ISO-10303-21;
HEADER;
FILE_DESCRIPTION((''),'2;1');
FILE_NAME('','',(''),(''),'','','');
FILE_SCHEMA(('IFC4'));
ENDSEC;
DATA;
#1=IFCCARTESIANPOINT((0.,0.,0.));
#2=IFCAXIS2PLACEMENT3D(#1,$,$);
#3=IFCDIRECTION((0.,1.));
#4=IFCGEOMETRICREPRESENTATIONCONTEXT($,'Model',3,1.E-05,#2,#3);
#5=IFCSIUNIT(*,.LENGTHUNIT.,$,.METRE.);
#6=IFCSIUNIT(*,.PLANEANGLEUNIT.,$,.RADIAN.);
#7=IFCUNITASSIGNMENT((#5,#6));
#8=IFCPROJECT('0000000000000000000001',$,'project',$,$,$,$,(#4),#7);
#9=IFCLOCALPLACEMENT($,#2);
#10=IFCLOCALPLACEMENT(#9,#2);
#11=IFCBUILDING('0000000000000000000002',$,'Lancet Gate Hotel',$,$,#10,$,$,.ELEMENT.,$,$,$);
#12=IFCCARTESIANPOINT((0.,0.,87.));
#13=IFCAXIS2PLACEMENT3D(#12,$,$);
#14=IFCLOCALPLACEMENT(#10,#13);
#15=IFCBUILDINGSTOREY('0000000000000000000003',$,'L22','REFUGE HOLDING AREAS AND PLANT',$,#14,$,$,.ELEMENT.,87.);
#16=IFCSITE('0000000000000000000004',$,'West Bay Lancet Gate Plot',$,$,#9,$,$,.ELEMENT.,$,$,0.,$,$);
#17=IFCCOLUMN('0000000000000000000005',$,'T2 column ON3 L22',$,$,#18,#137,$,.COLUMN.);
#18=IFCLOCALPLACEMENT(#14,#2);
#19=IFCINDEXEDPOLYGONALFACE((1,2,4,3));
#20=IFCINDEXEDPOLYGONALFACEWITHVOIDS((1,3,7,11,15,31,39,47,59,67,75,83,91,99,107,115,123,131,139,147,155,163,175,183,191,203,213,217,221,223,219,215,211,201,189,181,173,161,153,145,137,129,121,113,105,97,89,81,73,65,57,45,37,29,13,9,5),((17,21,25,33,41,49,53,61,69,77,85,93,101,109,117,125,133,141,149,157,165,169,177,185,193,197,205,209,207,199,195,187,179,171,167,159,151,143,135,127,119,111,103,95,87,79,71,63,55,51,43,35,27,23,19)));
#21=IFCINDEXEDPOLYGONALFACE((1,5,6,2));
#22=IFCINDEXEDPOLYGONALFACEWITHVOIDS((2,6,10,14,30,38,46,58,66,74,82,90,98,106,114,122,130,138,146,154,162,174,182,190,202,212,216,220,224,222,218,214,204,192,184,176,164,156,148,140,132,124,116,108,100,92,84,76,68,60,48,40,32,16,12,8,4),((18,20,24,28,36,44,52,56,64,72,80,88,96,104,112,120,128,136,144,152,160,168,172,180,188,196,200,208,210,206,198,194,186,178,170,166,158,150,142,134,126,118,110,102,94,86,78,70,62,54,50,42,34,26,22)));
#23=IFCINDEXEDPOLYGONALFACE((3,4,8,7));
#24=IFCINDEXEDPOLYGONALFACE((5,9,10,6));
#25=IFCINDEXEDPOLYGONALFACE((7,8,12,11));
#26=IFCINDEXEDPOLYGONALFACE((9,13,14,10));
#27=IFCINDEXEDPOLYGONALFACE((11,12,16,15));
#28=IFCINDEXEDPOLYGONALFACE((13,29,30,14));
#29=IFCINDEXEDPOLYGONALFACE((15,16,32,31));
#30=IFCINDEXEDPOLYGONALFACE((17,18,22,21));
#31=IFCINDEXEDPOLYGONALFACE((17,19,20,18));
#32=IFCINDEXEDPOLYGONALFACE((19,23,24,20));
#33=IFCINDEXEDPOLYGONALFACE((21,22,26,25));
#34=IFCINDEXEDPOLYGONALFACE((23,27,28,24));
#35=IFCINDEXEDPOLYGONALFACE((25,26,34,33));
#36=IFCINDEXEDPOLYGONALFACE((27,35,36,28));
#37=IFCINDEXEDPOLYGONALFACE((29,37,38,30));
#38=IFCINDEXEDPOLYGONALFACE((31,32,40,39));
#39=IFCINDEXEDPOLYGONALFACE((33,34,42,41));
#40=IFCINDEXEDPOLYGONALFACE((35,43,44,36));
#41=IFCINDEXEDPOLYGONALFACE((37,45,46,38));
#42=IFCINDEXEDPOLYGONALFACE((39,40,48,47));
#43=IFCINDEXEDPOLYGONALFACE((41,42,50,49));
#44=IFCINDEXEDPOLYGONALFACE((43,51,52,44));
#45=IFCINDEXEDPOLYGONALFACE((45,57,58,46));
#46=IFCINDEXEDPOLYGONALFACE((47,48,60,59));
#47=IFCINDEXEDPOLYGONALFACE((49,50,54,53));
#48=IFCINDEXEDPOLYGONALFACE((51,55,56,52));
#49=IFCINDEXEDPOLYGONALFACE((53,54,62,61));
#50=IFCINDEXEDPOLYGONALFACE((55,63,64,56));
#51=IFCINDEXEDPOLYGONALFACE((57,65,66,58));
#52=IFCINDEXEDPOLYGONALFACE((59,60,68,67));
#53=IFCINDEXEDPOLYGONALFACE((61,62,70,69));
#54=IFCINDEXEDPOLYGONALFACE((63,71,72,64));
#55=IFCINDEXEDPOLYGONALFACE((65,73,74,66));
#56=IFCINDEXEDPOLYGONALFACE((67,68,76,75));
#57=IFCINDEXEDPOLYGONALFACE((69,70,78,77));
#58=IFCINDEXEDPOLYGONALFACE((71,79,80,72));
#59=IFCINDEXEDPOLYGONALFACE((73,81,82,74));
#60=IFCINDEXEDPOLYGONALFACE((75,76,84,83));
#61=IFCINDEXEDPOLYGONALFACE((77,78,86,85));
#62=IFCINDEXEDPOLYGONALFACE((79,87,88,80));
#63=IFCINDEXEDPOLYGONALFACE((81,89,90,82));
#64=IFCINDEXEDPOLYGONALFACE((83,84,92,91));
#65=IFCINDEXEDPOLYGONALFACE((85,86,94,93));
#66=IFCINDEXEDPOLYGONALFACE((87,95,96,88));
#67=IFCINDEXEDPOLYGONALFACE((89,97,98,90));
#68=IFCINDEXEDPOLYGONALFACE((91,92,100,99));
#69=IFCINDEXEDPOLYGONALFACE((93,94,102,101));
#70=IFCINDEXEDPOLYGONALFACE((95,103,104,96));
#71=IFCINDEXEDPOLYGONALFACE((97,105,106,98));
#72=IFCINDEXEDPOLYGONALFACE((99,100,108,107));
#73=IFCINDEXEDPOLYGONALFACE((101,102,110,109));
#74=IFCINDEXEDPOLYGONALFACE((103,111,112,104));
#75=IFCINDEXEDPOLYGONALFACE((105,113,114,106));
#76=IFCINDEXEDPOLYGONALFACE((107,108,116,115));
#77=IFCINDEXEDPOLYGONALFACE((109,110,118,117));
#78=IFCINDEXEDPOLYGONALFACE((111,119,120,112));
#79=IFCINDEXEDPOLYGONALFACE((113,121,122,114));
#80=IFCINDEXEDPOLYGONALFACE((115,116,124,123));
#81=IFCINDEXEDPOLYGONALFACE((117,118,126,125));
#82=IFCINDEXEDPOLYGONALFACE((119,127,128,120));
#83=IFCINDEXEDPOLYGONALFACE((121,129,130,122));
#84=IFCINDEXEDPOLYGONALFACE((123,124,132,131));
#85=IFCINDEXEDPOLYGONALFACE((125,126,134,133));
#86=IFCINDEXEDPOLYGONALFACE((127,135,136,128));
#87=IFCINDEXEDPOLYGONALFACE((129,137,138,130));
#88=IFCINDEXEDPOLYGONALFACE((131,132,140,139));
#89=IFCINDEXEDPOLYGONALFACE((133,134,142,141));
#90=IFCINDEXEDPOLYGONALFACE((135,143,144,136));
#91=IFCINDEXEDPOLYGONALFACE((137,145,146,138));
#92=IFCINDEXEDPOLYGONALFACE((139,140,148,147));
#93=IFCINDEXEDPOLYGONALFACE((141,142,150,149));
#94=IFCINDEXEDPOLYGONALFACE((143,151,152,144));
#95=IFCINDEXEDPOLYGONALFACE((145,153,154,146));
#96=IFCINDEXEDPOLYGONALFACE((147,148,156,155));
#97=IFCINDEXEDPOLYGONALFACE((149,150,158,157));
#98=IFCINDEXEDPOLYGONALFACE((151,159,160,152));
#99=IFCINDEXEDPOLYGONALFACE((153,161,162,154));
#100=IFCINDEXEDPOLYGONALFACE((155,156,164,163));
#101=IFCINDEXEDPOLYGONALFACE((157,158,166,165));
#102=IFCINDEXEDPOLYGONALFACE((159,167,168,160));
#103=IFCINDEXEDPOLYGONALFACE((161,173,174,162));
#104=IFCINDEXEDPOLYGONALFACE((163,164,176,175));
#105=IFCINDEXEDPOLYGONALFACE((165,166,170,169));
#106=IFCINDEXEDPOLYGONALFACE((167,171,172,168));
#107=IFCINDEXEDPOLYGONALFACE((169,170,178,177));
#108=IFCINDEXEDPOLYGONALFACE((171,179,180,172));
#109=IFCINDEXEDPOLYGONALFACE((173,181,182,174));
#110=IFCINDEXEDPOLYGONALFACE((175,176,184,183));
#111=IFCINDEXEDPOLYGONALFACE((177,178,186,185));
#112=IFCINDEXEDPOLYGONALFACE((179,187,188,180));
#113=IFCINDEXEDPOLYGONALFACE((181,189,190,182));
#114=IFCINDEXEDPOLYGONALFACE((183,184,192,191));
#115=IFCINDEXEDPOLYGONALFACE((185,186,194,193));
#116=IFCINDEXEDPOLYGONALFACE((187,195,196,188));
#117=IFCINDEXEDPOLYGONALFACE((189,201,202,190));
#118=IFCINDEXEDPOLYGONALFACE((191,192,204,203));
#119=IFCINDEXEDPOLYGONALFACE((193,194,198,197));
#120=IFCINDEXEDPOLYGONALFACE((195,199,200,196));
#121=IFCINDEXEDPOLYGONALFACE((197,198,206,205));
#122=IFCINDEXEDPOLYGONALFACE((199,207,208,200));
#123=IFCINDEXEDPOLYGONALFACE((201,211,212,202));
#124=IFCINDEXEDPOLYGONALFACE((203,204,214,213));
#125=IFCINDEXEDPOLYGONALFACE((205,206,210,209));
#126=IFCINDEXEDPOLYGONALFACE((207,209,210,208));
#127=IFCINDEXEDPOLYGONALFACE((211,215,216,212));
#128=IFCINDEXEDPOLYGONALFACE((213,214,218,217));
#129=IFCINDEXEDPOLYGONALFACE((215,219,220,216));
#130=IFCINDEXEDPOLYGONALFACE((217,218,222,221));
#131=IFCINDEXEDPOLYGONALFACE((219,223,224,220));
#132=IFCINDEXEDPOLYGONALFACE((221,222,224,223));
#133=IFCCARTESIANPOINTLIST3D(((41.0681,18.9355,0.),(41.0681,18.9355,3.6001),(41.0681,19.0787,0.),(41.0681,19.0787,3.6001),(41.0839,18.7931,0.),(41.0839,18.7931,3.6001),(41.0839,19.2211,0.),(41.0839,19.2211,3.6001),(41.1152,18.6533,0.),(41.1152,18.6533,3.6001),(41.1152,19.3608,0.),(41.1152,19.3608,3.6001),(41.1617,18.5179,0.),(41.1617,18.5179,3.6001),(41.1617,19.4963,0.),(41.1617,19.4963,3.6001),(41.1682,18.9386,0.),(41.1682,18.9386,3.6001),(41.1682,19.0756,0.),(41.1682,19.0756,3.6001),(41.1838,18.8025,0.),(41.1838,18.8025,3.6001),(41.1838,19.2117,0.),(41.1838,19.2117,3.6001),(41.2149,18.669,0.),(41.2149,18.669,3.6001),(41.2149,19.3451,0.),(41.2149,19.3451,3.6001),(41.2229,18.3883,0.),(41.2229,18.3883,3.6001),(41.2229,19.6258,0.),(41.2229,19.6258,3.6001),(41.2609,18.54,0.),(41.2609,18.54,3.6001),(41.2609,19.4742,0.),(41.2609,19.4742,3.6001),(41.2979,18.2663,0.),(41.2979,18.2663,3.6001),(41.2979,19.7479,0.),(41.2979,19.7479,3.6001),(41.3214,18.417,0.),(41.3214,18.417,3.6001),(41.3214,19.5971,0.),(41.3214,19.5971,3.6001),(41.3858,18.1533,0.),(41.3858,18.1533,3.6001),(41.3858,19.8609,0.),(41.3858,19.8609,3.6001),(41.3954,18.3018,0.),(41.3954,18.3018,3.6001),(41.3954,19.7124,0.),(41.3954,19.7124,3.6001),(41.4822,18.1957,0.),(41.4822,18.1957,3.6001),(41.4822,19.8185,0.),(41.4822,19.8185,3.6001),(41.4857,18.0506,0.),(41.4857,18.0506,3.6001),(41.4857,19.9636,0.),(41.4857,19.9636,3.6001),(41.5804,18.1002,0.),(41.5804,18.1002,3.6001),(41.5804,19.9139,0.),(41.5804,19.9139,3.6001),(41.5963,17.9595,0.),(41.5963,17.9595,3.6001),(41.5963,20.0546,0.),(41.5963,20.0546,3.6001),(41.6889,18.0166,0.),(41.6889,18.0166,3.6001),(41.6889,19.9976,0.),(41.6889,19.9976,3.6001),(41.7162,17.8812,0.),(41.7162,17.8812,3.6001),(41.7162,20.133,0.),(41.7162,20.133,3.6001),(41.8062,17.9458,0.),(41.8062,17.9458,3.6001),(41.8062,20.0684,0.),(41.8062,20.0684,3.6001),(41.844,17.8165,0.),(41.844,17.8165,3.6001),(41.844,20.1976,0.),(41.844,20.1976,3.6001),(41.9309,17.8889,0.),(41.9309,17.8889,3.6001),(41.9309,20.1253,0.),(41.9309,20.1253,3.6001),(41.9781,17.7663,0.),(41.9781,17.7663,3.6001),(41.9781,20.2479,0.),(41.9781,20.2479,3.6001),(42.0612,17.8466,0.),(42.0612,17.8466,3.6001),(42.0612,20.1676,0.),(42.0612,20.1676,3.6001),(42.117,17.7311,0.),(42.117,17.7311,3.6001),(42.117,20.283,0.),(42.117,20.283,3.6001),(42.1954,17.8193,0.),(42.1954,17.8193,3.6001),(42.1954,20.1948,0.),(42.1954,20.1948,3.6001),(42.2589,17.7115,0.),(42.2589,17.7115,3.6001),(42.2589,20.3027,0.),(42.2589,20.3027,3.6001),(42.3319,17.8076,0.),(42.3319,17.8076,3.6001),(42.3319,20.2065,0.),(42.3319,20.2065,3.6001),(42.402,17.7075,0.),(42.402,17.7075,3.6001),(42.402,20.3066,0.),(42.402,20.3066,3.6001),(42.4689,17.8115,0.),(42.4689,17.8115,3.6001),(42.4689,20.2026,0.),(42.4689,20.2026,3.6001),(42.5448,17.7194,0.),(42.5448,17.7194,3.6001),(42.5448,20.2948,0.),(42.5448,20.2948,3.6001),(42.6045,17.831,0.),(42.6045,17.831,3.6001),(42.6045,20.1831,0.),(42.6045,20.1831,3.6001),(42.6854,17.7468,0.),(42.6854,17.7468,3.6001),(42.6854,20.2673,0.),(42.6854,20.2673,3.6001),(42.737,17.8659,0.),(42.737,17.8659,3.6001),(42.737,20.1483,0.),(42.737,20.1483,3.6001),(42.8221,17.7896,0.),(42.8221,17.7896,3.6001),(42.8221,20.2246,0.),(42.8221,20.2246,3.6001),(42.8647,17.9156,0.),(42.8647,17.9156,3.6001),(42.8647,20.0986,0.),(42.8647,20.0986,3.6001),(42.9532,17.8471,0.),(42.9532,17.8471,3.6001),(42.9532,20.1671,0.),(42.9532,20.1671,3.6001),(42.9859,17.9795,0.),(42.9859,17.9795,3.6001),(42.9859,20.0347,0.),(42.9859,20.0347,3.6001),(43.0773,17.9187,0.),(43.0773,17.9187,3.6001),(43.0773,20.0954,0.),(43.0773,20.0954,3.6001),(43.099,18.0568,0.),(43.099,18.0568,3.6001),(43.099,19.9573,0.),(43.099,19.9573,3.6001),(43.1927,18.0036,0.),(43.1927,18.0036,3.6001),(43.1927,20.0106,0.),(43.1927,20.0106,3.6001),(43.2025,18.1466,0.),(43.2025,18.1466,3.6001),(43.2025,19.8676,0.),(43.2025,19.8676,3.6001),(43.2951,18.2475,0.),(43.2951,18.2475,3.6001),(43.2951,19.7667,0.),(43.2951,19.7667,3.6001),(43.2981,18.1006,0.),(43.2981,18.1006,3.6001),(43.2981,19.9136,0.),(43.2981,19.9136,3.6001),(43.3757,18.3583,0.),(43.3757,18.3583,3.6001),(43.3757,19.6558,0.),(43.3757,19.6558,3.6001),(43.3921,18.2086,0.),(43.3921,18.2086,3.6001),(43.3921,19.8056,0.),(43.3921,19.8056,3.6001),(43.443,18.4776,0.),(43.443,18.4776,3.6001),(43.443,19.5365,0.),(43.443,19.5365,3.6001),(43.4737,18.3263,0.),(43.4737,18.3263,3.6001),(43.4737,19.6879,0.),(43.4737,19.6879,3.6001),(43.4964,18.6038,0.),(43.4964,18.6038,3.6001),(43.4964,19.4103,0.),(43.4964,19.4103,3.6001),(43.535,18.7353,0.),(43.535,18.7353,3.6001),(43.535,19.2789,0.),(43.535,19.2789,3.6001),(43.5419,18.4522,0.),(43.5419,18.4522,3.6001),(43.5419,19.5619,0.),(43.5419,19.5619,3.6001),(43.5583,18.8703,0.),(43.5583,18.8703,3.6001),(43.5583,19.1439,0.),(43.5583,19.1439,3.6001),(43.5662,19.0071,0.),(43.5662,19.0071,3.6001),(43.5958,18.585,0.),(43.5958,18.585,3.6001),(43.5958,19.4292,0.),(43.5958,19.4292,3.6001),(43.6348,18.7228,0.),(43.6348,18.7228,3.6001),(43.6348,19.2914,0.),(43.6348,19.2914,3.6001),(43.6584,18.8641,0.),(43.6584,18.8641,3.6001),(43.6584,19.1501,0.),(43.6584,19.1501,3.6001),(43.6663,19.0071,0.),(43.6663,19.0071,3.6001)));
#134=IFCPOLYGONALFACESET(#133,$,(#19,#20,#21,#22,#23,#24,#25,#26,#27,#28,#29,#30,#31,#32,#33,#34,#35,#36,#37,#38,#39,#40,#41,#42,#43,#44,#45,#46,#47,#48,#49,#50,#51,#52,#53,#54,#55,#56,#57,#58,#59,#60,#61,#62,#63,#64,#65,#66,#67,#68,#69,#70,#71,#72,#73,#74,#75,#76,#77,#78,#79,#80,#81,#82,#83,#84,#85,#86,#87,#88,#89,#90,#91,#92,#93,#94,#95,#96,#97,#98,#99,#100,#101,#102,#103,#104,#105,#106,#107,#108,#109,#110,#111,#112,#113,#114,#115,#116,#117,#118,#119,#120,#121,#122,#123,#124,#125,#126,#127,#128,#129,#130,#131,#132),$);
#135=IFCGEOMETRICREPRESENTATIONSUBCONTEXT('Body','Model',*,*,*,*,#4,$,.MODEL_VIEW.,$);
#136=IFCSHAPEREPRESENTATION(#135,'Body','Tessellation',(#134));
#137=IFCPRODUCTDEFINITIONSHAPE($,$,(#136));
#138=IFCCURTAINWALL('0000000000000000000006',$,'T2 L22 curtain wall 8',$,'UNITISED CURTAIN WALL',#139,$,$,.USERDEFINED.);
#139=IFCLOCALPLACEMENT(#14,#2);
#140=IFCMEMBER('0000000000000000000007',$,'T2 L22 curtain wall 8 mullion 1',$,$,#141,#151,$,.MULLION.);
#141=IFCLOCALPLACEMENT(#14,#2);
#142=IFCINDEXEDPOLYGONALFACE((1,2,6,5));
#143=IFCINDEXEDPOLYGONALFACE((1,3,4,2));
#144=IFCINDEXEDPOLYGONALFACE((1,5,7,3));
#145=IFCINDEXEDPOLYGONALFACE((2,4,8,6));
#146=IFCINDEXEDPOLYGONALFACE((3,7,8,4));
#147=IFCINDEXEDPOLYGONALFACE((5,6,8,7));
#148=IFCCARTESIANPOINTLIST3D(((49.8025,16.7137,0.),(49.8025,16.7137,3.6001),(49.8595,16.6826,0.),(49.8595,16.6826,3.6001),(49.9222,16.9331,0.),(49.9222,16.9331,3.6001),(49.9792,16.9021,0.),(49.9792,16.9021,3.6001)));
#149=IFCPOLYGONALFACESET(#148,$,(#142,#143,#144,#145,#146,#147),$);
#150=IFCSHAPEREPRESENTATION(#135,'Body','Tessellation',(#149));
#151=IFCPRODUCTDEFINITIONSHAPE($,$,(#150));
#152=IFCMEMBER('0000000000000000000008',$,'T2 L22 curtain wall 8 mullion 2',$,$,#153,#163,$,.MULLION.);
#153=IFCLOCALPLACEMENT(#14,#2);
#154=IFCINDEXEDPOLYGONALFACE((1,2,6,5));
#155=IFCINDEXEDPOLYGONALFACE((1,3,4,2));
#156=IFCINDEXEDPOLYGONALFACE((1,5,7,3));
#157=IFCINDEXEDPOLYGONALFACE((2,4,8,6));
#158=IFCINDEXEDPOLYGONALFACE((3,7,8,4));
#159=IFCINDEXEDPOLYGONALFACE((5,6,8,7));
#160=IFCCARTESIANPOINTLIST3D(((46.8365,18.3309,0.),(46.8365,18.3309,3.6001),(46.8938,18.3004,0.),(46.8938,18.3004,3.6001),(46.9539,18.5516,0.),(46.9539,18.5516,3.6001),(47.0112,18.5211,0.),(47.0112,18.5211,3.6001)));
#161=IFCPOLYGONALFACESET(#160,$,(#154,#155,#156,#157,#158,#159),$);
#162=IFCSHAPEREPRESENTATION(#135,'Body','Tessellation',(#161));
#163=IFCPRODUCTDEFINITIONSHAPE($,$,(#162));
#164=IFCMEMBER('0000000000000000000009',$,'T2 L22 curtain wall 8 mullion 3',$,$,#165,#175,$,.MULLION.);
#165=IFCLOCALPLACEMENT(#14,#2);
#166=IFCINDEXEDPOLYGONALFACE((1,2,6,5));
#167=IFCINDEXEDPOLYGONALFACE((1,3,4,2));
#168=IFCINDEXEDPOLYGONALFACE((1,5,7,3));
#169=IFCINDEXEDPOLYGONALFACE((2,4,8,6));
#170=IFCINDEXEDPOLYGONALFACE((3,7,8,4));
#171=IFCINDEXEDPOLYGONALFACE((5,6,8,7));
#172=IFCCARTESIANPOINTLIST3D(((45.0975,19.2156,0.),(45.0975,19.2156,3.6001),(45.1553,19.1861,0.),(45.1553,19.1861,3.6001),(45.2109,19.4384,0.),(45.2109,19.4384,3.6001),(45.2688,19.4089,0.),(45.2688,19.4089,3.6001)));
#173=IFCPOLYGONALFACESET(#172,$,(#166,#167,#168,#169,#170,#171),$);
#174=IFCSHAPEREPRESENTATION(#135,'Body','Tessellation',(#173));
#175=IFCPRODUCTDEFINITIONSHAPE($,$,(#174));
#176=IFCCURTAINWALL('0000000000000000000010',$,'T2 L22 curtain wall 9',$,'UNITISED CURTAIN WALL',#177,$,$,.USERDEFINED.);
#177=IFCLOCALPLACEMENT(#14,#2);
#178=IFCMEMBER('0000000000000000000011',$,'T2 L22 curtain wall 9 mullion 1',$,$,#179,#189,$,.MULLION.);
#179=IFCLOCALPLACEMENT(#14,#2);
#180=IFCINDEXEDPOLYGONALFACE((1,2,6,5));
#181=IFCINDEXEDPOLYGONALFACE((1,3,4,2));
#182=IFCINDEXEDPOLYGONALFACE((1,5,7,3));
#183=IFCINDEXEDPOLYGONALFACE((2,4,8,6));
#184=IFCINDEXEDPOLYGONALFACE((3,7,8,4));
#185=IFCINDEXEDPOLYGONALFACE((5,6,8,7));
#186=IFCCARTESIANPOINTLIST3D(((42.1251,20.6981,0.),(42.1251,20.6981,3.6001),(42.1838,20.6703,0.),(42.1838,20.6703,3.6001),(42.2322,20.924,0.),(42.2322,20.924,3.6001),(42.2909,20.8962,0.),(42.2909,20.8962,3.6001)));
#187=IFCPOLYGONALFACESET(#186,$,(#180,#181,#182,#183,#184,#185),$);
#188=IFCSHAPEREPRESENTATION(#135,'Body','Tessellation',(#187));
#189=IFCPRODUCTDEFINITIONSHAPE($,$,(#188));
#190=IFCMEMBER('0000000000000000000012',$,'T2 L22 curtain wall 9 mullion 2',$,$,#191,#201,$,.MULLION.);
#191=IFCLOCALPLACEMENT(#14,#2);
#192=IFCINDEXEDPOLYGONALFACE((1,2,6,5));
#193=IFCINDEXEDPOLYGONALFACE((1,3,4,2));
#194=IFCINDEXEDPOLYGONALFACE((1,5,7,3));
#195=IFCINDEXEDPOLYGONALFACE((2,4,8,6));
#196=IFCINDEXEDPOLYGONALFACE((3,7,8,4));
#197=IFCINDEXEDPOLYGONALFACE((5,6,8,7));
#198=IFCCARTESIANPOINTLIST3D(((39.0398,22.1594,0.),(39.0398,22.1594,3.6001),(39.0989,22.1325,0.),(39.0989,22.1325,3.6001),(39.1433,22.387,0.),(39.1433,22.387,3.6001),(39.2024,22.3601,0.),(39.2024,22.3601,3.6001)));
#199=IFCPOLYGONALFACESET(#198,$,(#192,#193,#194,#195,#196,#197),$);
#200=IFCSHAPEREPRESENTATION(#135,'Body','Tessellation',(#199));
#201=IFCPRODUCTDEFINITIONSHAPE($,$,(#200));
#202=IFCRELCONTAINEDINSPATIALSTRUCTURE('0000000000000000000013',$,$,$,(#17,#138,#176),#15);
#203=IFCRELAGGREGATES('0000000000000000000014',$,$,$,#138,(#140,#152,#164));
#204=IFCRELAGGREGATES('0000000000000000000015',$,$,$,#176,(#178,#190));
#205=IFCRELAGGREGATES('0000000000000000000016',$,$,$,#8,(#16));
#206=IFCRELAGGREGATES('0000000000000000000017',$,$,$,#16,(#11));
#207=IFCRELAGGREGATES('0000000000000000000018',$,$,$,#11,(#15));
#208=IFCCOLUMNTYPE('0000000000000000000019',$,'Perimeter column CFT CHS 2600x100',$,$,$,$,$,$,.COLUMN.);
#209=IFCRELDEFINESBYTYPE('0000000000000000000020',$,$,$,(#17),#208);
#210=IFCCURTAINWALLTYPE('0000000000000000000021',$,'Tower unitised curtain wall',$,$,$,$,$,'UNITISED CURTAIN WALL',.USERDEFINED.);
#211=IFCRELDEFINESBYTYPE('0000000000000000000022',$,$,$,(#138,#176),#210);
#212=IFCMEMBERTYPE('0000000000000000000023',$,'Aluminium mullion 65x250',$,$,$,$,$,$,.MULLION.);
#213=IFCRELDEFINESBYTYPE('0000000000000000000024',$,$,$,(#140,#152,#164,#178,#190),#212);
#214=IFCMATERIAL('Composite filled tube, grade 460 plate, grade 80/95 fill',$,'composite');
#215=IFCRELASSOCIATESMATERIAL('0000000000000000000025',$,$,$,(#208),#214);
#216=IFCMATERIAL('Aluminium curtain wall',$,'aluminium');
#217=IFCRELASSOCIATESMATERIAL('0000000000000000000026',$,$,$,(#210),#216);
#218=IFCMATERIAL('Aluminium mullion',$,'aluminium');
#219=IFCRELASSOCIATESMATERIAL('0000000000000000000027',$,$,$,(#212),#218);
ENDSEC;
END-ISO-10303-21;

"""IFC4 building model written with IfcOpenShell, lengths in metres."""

from ifc_helpers import new_model, si_unit, direction, frame, origin, origin_2d, place, context, subcontext, project, spatial, rectangle, hollow_circle, extrude, material, material_profile, profile_set, type_object, element, aggregate, save


model = new_model("IFC4")

# Units and contexts
model_context = context("Model", 3, precision=1e-05, world=origin(), true_north=direction((0.0, 1.0)))
body_context = subcontext(model_context, "Body", "Model", "MODEL_VIEW")
ifc_project = project(units=[si_unit("LENGTHUNIT", "METRE"), si_unit("PLANEANGLEUNIT", "RADIAN")], contexts=[model_context])

# Site, building, storey
site_placement = place(None, origin())
site = spatial("IfcSite", under=ifc_project, at=site_placement, Name="West Bay Lancet Gate Plot", CompositionType="ELEMENT", RefElevation=0.0)
building_placement = place(site_placement, origin())
building = spatial("IfcBuilding", under=site, at=building_placement, Name="Lancet Gate Hotel", CompositionType="ELEMENT")
storey_placement = place(building_placement, frame((0.0, 0.0, 87.0)))
storey = spatial("IfcBuildingStorey", under=building, at=storey_placement, Name="L22", Description="REFUGE HOLDING AREAS AND PLANT", CompositionType="ELEMENT", Elevation=87.0)

# Column
ifc_material_1 = material(Name="Composite filled tube, grade 460 plate, grade 80/95 fill", Category="composite")
ifc_material_profile_1 = material_profile(ifc_material_1, hollow_circle(Radius=1.3, WallThickness=0.1001, at=origin_2d()), Name="CHS 2600x100")
ifc_profile_set_1 = profile_set([ifc_material_profile_1], Name="Composite filled tube, grade 460 plate, grade 80/95 fill")
column_type = type_object("IfcColumnType", Name="Perimeter column CFT CHS 2600x100", PredefinedType="COLUMN", material=ifc_profile_set_1)
column_placement = place(storey_placement, frame((42.3662, 19.0071, 0.0), z_axis=(0.0, 0.0, 1.0), x_axis=(1.0, 0.0, 0.0)))
element("IfcColumn", 1, at=column_placement, inside=storey, type_object=column_type, Name="T2 column ON3 L22", PredefinedType="COLUMN", context=body_context, shape_type="SweptSolid", body=[
    extrude(hollow_circle(Radius=1.3, WallThickness=0.1001, at=origin_2d()), origin(), (0.0, 0.0, 1.0), 3.6001),
])

# Curtain walls, members
ifc_material_2 = material(Name="Aluminium curtain wall", Category="aluminium")
curtain_wall_type = type_object("IfcCurtainWallType", Name="Tower unitised curtain wall", ElementType="UNITISED CURTAIN WALL", PredefinedType="USERDEFINED", material=ifc_material_2)
curtain_wall_1_placement = place(storey_placement, origin())
curtain_wall_1 = element("IfcCurtainWall", 2, at=curtain_wall_1_placement, inside=storey, type_object=curtain_wall_type, Name="T2 L22 curtain wall 8", ObjectType="UNITISED CURTAIN WALL", PredefinedType="USERDEFINED")
ifc_material_3 = material(Name="Aluminium mullion", Category="aluminium")
ifc_material_profile_2 = material_profile(ifc_material_3, rectangle(XDim=0.0649, YDim=0.25, at=origin_2d()), Name="MULLION 65x250")
ifc_profile_set_2 = profile_set([ifc_material_profile_2], Name="Aluminium mullion")
member_type_1 = type_object("IfcMemberType", Name="Aluminium mullion 65x250", PredefinedType="MULLION", material=ifc_profile_set_2)
member_1_placement = place(storey_placement, frame((49.8909, 16.8079, 0.0), z_axis=(0.0, 0.0, 1.0), x_axis=(-0.877916, 0.478814, 0.0)))
member_1 = element("IfcMember", 3, at=member_1_placement, type_object=member_type_1, Name="T2 L22 curtain wall 8 mullion 1", PredefinedType="MULLION", context=body_context, shape_type="SweptSolid", body=[
    extrude(rectangle(XDim=0.0649, YDim=0.25, at=origin_2d()), origin(), (0.0, 0.0, 1.0), 3.6001),
])
member_2_placement = place(storey_placement, frame((46.9238, 18.426, 0.0), z_axis=(0.0, 0.0, 1.0), x_axis=(-0.88285, 0.469655, 0.0)))
member_2 = element("IfcMember", 4, at=member_2_placement, type_object=member_type_1, Name="T2 L22 curtain wall 8 mullion 2", PredefinedType="MULLION", context=body_context, shape_type="SweptSolid", body=[
    extrude(rectangle(XDim=0.0649, YDim=0.25, at=origin_2d()), origin(), (0.0, 0.0, 1.0), 3.6001),
])
member_3_placement = place(storey_placement, frame((45.1831, 19.3123, 0.0), z_axis=(0.0, 0.0, 1.0), x_axis=(-0.891159, 0.45369, 0.0)))
member_3 = element("IfcMember", 5, at=member_3_placement, type_object=member_type_1, Name="T2 L22 curtain wall 8 mullion 3", PredefinedType="MULLION", context=body_context, shape_type="SweptSolid", body=[
    extrude(rectangle(XDim=0.0649, YDim=0.25, at=origin_2d()), origin(), (0.0, 0.0, 1.0), 3.6001),
])
curtain_wall_2_placement = place(storey_placement, origin())
curtain_wall_2 = element("IfcCurtainWall", 6, at=curtain_wall_2_placement, inside=storey, type_object=curtain_wall_type, Name="T2 L22 curtain wall 9", ObjectType="UNITISED CURTAIN WALL", PredefinedType="USERDEFINED")
member_4_placement = place(storey_placement, frame((42.208, 20.7971, 0.0), z_axis=(0.0, 0.0, 1.0), x_axis=(-0.903683, 0.428201, 0.0)))
member_4 = element("IfcMember", 7, at=member_4_placement, type_object=member_type_1, Name="T2 L22 curtain wall 9 mullion 1", PredefinedType="MULLION", context=body_context, shape_type="SweptSolid", body=[
    extrude(rectangle(XDim=0.0649, YDim=0.25, at=origin_2d()), origin(), (0.0, 0.0, 1.0), 3.6001),
])
member_5_placement = place(storey_placement, frame((39.1211, 22.2598, 0.0), z_axis=(0.0, 0.0, 1.0), x_axis=(-0.910379, 0.413775, 0.0)))
member_5 = element("IfcMember", 8, at=member_5_placement, type_object=member_type_1, Name="T2 L22 curtain wall 9 mullion 2", PredefinedType="MULLION", context=body_context, shape_type="SweptSolid", body=[
    extrude(rectangle(XDim=0.0649, YDim=0.25, at=origin_2d()), origin(), (0.0, 0.0, 1.0), 3.6001),
])

aggregate(curtain_wall_1, [member_1, member_2, member_3])
aggregate(curtain_wall_2, [member_4, member_5])

save(model, "model.ifc")
